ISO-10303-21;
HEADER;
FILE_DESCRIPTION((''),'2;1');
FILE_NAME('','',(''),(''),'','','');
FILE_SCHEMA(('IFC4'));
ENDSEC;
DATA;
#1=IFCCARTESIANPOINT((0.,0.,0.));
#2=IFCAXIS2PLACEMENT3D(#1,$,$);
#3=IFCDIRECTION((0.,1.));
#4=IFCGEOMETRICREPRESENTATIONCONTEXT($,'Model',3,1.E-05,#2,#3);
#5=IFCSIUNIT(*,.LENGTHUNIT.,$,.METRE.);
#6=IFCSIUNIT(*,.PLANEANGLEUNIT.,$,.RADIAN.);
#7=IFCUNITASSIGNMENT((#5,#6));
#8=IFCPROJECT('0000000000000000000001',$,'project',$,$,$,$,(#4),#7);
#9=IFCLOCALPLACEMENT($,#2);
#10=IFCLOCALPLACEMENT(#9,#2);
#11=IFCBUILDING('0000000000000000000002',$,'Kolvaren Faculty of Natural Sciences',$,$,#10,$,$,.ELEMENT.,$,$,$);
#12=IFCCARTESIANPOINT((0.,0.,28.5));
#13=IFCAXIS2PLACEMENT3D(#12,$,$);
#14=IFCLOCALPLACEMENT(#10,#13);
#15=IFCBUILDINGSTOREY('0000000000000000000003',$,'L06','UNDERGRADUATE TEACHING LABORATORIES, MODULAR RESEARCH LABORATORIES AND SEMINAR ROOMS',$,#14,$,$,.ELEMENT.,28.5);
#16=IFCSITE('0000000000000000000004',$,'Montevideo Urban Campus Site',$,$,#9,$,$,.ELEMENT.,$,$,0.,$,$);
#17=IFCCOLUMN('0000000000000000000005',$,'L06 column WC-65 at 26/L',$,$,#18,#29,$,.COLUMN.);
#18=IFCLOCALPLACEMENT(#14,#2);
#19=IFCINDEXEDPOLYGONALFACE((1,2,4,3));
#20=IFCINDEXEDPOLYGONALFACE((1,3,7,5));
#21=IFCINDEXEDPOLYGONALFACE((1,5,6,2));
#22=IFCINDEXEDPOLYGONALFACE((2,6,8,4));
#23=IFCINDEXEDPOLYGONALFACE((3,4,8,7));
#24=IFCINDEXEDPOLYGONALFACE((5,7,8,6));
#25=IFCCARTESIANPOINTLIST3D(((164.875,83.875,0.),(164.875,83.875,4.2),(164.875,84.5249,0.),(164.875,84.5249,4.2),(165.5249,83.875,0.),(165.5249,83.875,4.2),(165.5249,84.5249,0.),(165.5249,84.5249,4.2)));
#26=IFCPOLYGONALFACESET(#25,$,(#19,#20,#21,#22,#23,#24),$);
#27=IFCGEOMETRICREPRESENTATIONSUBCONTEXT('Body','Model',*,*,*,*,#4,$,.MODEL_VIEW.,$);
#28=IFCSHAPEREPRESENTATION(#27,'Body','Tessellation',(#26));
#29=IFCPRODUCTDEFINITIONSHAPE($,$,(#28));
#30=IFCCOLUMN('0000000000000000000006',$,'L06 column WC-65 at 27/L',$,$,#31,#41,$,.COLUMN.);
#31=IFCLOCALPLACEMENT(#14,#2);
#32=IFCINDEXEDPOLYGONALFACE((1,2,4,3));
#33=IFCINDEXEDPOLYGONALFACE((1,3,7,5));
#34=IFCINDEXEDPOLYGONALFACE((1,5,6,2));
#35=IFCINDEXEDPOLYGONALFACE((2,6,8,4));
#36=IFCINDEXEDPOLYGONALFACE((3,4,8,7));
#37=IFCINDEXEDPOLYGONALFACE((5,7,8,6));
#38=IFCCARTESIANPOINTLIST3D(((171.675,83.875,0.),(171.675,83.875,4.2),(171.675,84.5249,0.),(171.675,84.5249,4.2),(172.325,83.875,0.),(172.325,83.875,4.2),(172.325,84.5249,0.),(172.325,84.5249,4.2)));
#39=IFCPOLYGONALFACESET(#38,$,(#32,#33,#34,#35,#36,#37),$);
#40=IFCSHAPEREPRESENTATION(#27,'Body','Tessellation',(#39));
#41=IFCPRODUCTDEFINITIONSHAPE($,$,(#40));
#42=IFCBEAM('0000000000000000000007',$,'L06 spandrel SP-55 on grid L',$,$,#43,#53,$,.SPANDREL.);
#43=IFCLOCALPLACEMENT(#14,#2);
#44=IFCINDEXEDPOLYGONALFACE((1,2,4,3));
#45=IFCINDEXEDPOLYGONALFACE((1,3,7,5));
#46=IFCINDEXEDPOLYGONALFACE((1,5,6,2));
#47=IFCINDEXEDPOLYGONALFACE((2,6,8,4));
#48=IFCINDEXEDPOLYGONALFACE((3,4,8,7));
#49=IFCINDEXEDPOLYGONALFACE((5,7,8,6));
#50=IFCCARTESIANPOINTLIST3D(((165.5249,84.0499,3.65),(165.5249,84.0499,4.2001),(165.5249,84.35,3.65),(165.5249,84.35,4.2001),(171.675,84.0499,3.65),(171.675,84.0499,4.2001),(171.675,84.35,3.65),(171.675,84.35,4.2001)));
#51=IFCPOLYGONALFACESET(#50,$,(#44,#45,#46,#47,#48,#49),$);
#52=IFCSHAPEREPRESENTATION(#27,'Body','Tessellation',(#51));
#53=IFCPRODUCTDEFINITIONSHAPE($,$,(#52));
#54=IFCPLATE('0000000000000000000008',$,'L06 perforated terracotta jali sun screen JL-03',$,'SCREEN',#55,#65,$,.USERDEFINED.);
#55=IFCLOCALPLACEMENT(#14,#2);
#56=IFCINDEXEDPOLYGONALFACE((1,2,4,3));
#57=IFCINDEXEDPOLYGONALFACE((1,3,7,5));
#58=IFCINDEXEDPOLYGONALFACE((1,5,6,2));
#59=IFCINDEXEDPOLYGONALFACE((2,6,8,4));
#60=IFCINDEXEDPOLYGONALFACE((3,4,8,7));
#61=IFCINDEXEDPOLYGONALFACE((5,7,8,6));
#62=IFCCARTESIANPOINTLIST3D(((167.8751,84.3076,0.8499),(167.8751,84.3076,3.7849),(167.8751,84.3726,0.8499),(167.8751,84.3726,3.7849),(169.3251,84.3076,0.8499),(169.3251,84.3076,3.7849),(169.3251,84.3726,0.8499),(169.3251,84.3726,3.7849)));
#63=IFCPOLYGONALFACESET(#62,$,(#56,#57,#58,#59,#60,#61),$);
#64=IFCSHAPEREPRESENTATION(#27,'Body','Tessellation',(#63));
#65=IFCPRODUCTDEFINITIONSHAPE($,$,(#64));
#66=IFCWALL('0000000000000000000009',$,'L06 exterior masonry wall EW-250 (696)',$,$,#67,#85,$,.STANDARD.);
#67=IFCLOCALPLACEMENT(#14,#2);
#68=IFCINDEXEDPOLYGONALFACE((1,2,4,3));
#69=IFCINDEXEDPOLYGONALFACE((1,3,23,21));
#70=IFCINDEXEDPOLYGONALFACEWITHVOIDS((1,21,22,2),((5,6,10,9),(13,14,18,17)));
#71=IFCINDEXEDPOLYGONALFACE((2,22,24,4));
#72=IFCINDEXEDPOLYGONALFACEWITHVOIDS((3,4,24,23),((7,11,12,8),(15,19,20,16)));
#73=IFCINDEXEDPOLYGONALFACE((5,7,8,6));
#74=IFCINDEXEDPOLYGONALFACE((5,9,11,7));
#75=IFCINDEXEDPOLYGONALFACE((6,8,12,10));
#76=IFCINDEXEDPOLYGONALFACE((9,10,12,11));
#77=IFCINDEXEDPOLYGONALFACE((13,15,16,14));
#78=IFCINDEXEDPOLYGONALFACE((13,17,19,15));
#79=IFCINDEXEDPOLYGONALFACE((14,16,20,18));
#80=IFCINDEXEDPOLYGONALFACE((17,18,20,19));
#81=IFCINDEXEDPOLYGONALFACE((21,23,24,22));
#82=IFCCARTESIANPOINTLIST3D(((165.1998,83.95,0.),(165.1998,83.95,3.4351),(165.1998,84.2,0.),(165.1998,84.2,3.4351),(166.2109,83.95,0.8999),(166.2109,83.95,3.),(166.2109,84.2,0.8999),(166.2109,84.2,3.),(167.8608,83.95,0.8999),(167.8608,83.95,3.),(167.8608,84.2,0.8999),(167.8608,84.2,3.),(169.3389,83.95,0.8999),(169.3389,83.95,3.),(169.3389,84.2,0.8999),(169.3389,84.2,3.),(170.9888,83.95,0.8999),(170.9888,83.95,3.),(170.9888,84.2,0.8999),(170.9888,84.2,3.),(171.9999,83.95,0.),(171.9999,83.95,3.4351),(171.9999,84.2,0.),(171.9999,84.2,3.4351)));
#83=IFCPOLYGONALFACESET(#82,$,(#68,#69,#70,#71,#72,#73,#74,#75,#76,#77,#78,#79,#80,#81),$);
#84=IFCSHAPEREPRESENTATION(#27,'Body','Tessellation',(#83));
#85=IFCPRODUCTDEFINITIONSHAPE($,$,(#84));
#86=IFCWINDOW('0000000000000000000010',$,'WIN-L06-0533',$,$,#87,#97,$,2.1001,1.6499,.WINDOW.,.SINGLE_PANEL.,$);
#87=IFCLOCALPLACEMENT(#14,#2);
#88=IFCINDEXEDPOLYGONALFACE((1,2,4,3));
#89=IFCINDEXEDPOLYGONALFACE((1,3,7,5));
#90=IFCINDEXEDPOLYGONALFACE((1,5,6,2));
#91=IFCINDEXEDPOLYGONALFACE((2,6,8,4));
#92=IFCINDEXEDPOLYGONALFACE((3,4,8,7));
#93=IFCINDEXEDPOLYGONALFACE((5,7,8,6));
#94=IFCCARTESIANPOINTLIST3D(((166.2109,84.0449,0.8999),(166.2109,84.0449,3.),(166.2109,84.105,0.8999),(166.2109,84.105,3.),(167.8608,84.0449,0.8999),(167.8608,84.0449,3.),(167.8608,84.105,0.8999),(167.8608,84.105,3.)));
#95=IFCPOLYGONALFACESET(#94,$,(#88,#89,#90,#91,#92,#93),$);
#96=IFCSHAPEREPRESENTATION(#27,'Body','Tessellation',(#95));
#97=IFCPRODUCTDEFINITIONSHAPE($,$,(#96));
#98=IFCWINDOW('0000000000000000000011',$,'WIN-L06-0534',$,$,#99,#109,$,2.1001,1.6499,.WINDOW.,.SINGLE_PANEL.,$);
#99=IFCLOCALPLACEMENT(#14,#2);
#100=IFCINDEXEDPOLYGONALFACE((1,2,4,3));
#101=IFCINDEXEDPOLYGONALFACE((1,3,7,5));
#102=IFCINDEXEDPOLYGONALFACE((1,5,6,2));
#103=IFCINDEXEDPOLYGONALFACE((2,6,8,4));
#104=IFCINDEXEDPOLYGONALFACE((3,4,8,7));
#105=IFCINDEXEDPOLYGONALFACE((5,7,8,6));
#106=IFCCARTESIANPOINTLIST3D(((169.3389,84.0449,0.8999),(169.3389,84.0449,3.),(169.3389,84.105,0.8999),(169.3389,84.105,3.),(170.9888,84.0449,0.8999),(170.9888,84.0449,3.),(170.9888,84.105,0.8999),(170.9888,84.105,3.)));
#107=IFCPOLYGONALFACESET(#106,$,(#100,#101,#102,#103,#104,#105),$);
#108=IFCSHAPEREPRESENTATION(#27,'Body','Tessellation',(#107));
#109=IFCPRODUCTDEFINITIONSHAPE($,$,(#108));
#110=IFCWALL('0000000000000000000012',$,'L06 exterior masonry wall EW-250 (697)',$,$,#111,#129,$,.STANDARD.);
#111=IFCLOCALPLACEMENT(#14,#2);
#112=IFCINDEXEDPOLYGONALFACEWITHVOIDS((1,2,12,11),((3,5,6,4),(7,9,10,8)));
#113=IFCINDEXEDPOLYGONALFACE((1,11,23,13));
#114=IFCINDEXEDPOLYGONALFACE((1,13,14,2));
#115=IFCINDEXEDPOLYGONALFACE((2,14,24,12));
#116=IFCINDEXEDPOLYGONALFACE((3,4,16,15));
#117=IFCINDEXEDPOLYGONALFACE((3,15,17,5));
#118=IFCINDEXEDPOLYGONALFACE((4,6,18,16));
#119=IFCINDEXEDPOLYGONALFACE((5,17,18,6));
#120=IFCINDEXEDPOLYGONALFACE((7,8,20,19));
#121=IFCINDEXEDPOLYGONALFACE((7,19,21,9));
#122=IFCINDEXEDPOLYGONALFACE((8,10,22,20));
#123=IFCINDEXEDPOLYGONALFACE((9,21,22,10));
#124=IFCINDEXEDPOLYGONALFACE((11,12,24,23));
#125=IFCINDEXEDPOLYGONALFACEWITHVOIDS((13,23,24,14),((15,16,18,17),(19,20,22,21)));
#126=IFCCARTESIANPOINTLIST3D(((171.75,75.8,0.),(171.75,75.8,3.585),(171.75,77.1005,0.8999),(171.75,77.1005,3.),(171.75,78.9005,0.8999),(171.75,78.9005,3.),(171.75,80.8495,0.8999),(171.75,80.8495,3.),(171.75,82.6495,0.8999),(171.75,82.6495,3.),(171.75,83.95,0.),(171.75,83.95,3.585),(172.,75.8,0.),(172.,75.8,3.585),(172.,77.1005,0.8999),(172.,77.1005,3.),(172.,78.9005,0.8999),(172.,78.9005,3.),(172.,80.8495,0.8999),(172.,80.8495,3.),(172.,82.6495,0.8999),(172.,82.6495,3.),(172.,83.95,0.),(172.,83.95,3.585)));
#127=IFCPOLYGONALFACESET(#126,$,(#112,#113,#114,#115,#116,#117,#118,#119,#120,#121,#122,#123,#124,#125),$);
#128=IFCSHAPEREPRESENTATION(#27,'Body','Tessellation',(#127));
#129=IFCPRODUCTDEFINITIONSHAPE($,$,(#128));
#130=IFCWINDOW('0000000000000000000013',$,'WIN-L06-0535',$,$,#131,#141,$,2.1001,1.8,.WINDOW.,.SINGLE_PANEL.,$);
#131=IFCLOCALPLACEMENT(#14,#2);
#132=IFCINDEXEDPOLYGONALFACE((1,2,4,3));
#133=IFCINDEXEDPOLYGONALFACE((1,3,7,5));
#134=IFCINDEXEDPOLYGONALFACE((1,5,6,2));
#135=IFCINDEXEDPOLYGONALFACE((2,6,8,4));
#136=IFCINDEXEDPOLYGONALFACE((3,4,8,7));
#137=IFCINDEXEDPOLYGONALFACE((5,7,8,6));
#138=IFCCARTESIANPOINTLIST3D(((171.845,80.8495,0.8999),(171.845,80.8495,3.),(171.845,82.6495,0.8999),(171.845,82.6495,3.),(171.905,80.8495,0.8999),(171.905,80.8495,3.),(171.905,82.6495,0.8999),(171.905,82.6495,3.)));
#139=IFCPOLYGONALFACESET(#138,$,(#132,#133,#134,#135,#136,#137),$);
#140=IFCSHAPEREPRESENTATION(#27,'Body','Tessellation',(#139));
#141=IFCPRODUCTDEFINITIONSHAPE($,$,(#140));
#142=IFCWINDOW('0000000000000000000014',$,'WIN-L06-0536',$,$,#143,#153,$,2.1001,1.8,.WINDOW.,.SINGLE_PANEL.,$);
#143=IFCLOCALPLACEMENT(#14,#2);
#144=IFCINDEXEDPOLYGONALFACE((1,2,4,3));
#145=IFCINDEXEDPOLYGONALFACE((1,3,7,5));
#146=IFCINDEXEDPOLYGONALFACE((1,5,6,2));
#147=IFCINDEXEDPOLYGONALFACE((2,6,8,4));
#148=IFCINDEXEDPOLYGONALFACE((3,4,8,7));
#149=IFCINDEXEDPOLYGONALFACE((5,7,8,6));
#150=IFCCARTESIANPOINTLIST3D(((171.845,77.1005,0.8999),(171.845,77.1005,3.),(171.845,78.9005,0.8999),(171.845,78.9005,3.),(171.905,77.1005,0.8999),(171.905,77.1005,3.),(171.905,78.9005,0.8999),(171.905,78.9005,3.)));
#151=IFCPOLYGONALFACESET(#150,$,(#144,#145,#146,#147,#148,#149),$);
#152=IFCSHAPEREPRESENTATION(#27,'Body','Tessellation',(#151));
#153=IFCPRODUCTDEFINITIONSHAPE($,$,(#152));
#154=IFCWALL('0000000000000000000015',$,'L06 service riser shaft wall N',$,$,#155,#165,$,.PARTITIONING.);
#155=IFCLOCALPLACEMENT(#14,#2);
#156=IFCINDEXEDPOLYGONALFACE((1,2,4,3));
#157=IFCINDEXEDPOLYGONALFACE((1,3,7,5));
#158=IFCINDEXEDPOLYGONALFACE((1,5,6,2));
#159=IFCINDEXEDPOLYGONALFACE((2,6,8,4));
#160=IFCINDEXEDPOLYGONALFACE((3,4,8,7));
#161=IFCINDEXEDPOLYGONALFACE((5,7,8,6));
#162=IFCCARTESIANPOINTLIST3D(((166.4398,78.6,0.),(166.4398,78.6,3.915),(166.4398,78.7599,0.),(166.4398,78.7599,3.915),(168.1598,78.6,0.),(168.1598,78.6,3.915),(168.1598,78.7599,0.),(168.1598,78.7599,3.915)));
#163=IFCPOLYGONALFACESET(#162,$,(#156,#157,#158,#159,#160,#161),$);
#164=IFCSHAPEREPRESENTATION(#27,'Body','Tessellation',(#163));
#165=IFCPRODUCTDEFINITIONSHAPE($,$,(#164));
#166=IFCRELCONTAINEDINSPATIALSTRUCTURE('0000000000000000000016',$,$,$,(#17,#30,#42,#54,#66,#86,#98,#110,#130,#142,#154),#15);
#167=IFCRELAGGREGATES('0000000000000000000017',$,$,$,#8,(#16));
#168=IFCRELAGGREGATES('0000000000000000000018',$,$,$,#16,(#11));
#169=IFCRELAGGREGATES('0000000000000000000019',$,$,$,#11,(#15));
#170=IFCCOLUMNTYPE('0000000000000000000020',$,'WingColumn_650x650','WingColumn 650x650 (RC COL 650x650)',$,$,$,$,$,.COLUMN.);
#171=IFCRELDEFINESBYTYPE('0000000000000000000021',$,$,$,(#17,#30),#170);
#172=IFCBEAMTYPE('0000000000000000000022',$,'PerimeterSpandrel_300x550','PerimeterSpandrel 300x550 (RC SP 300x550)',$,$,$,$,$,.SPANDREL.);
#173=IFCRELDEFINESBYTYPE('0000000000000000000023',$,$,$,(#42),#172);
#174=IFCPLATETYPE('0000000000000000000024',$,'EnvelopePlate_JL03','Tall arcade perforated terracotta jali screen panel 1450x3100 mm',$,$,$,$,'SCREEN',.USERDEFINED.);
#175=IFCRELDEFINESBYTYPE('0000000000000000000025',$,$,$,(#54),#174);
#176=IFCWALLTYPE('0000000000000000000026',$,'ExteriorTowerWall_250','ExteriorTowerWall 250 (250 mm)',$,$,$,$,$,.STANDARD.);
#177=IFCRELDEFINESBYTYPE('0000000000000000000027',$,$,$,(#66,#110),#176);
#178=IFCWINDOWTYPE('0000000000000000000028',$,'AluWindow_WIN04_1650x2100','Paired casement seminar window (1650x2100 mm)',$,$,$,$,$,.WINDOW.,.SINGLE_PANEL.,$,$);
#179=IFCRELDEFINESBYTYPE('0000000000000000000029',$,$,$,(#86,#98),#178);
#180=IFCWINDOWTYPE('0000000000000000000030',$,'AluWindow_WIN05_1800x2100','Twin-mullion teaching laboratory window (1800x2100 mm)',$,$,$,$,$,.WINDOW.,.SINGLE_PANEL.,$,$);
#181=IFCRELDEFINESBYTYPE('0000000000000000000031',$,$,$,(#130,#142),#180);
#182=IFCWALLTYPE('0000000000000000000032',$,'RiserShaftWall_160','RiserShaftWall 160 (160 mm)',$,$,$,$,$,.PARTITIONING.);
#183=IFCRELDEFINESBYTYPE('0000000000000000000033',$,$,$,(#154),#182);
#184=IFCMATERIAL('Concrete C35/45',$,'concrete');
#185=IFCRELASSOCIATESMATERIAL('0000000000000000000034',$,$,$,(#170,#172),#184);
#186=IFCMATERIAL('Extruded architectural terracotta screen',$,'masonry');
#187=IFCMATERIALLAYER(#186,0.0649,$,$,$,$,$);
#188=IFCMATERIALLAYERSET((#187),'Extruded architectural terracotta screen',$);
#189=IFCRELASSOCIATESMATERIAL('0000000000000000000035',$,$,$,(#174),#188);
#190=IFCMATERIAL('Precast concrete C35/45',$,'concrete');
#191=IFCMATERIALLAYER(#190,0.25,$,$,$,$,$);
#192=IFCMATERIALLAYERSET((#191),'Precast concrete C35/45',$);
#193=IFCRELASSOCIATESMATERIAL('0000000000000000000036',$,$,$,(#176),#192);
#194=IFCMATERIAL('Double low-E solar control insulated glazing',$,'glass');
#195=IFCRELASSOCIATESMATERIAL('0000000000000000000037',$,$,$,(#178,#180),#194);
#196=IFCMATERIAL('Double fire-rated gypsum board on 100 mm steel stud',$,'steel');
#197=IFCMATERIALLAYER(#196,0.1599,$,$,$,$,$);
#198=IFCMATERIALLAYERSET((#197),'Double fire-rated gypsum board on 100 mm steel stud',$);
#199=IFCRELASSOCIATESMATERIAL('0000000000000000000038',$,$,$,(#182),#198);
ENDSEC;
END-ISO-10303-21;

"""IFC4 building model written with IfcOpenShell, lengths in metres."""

from ifc_helpers import new_model, si_unit, direction, frame, frame_2d, origin, origin_2d, place, context, subcontext, project, spatial, rectangle, extrude, material, layer, layer_set, material_profile, profile_set, type_object, element, fill, save


model = new_model("IFC4")

# Units and contexts
model_context = context("Model", 3, precision=1e-05, world=origin(), true_north=direction((0.0, 1.0)))
body_context = subcontext(model_context, "Body", "Model", "MODEL_VIEW")
ifc_project = project(units=[si_unit("LENGTHUNIT", "METRE"), si_unit("PLANEANGLEUNIT", "RADIAN")], contexts=[model_context])

# Site, building, storey
site_placement = place(None, origin())
site = spatial("IfcSite", under=ifc_project, at=site_placement, Name="Montevideo Urban Campus Site", CompositionType="ELEMENT", RefElevation=0.0)
building_placement = place(site_placement, origin())
building = spatial("IfcBuilding", under=site, at=building_placement, Name="Kolvaren Faculty of Natural Sciences", CompositionType="ELEMENT")
storey_placement = place(building_placement, frame((0.0, 0.0, 28.5)))
storey = spatial("IfcBuildingStorey", under=building, at=storey_placement, Name="L06", Description="UNDERGRADUATE TEACHING LABORATORIES, MODULAR RESEARCH LABORATORIES AND SEMINAR ROOMS", CompositionType="ELEMENT", Elevation=28.5)

# Columns
ifc_material_1 = material(Name="Concrete C35/45", Category="concrete")
ifc_material_profile_1 = material_profile(ifc_material_1, rectangle(XDim=0.6499, YDim=0.6499, at=origin_2d()), Name="RC COL 650x650")
ifc_profile_set_1 = profile_set([ifc_material_profile_1], Name="Concrete C35/45")
column_type = type_object("IfcColumnType", Name="WingColumn_650x650", Description="WingColumn 650x650 (RC COL 650x650)", PredefinedType="COLUMN", material=ifc_profile_set_1)
for number, where, z_axis, x_axis, name in (
    (1, (165.2, 84.2, 0.0), (0.0, 0.0, 1.0), (1.0, 0.0, 0.0), "L06 column WC-65 at 26/L"),
    (2, (172.0, 84.2, 0.0), (0.0, 0.0, 1.0), (1.0, 0.0, 0.0), "L06 column WC-65 at 27/L"),
):
    element("IfcColumn", number, at=place(storey_placement, frame(where, z_axis=z_axis, x_axis=x_axis)), inside=storey, type_object=column_type, Name=name, PredefinedType="COLUMN", context=body_context, shape_type="SweptSolid", body=[
        extrude(rectangle(XDim=0.6499, YDim=0.6499, at=origin_2d()), origin(), (0.0, 0.0, 1.0), 4.2),
    ])

# Beam
ifc_material_profile_2 = material_profile(ifc_material_1, rectangle(XDim=0.3, YDim=0.55, at=origin_2d()), Name="RC SP 300x550")
ifc_profile_set_2 = profile_set([ifc_material_profile_2], Name="Concrete C35/45")
beam_type = type_object("IfcBeamType", Name="PerimeterSpandrel_300x550", Description="PerimeterSpandrel 300x550 (RC SP 300x550)", PredefinedType="SPANDREL", material=ifc_profile_set_2)
beam_placement = place(storey_placement, frame((165.5249, 84.2, 3.925), z_axis=(1.0, 0.0, 0.0), x_axis=(0.0, 1.0, 0.0)))
element("IfcBeam", 3, at=beam_placement, inside=storey, type_object=beam_type, Name="L06 spandrel SP-55 on grid L", PredefinedType="SPANDREL", context=body_context, shape_type="SweptSolid", body=[
    extrude(rectangle(XDim=0.3, YDim=0.55, at=origin_2d()), origin(), (0.0, 0.0, 1.0), 6.1501),
])

# Plate
ifc_material_2 = material(Name="Extruded architectural terracotta screen", Category="masonry")
ifc_layer_1 = layer(ifc_material_2, 0.0649)
ifc_layer_set_1 = layer_set([ifc_layer_1], Name="Extruded architectural terracotta screen")
plate_type = type_object("IfcPlateType", Name="EnvelopePlate_JL03", Description="Tall arcade perforated terracotta jali screen panel 1450x3100 mm", ElementType="SCREEN", PredefinedType="USERDEFINED", material=ifc_layer_set_1)
plate_placement = place(storey_placement, frame((168.6001, 84.3401, 0.8499), z_axis=(0.0, 0.0, 1.0), x_axis=(1.0, 0.0, 0.0)))
element("IfcPlate", 4, at=plate_placement, inside=storey, type_object=plate_type, Name="L06 perforated terracotta jali sun screen JL-03", ObjectType="SCREEN", PredefinedType="USERDEFINED", context=body_context, shape_type="SweptSolid", body=[
    extrude(rectangle(XDim=1.45, YDim=0.0649, at=origin_2d()), origin(), (0.0, 0.0, 1.0), 2.9351),
])

# Walls, openings, windows
ifc_material_3 = material(Name="Precast concrete C35/45", Category="concrete")
ifc_layer_2 = layer(ifc_material_3, 0.25)
ifc_layer_set_2 = layer_set([ifc_layer_2], Name="Precast concrete C35/45")
wall_type_1 = type_object("IfcWallType", Name="ExteriorTowerWall_250", Description="ExteriorTowerWall 250 (250 mm)", PredefinedType="STANDARD", material=ifc_layer_set_2)
wall_1_placement = place(storey_placement, frame((165.2, 84.075, 0.0), z_axis=(0.0, 0.0, 1.0), x_axis=(1.0, 0.0, 0.0)))
wall_1 = element("IfcWall", 5, at=wall_1_placement, inside=storey, type_object=wall_type_1, Name="L06 exterior masonry wall EW-250 (696)", PredefinedType="STANDARD", context=body_context, shape_type="SweptSolid", body=[
    extrude(rectangle(XDim=6.8, YDim=0.25, at=frame_2d((3.3999, 0.0))), origin(), (0.0, 0.0, 1.0), 3.4351),
])
opening_1_placement = place(wall_1_placement, frame((1.011, 0.0, 0.8999)))
opening_1 = element("IfcOpeningElement", 6, at=opening_1_placement, cuts=wall_1, PredefinedType="OPENING", context=body_context, shape_type="SweptSolid", body=[
    extrude(rectangle(XDim=1.6499, YDim=2.1001, at=frame_2d((0.825, 1.05))), frame((0.0, 0.135, 0.0), z_axis=(0.0, -1.0, 0.0), x_axis=(1.0, 0.0, 0.0)), (0.0, 0.0, 1.0), 0.27),
])
opening_2_placement = place(wall_1_placement, frame((4.1389, 0.0, 0.8999)))
opening_2 = element("IfcOpeningElement", 7, at=opening_2_placement, cuts=wall_1, PredefinedType="OPENING", context=body_context, shape_type="SweptSolid", body=[
    extrude(rectangle(XDim=1.6499, YDim=2.1001, at=frame_2d((0.825, 1.05))), frame((0.0, 0.135, 0.0), z_axis=(0.0, -1.0, 0.0), x_axis=(1.0, 0.0, 0.0)), (0.0, 0.0, 1.0), 0.27),
])
ifc_material_4 = material(Name="Double low-E solar control insulated glazing", Category="glass")
window_type_1 = type_object("IfcWindowType", Name="AluWindow_WIN04_1650x2100", Description="Paired casement seminar window (1650x2100 mm)", PartitioningType="SINGLE_PANEL", PredefinedType="WINDOW", material=ifc_material_4)
window_1_placement = place(opening_1_placement, origin())
window_1 = element("IfcWindow", 8, at=window_1_placement, inside=storey, type_object=window_type_1, Name="WIN-L06-0533", OverallHeight=2.1001, OverallWidth=1.6499, PartitioningType="SINGLE_PANEL", PredefinedType="WINDOW", context=body_context, shape_type="SweptSolid", body=[
    extrude(rectangle(XDim=1.6499, YDim=2.1001, at=frame_2d((0.825, 1.05))), frame((0.0, 0.03, 0.0), z_axis=(0.0, -1.0, 0.0), x_axis=(1.0, 0.0, 0.0)), (0.0, 0.0, 1.0), 0.0601),
])
fill(opening_1, window_1)
window_2_placement = place(opening_2_placement, origin())
window_2 = element("IfcWindow", 9, at=window_2_placement, inside=storey, type_object=window_type_1, Name="WIN-L06-0534", OverallHeight=2.1001, OverallWidth=1.6499, PartitioningType="SINGLE_PANEL", PredefinedType="WINDOW", context=body_context, shape_type="SweptSolid", body=[
    extrude(rectangle(XDim=1.6499, YDim=2.1001, at=frame_2d((0.825, 1.05))), frame((0.0, 0.03, 0.0), z_axis=(0.0, -1.0, 0.0), x_axis=(1.0, 0.0, 0.0)), (0.0, 0.0, 1.0), 0.0601),
])
fill(opening_2, window_2)
wall_2_placement = place(storey_placement, frame((171.875, 83.95, 0.0), z_axis=(0.0, 0.0, 1.0), x_axis=(0.0, -1.0, 0.0)))
wall_2 = element("IfcWall", 10, at=wall_2_placement, inside=storey, type_object=wall_type_1, Name="L06 exterior masonry wall EW-250 (697)", PredefinedType="STANDARD", context=body_context, shape_type="SweptSolid", body=[
    extrude(rectangle(XDim=8.1499, YDim=0.25, at=frame_2d((4.075, 0.0))), origin(), (0.0, 0.0, 1.0), 3.585),
])
opening_3_placement = place(wall_2_placement, frame((1.3005, 0.0, 0.8999)))
opening_3 = element("IfcOpeningElement", 11, at=opening_3_placement, cuts=wall_2, PredefinedType="OPENING", context=body_context, shape_type="SweptSolid", body=[
    extrude(rectangle(XDim=1.8, YDim=2.1001, at=frame_2d((0.8999, 1.05))), frame((0.0, 0.135, 0.0), z_axis=(0.0, -1.0, 0.0), x_axis=(1.0, 0.0, 0.0)), (0.0, 0.0, 1.0), 0.27),
])
opening_4_placement = place(wall_2_placement, frame((5.0496, 0.0, 0.8999)))
opening_4 = element("IfcOpeningElement", 12, at=opening_4_placement, cuts=wall_2, PredefinedType="OPENING", context=body_context, shape_type="SweptSolid", body=[
    extrude(rectangle(XDim=1.8, YDim=2.1001, at=frame_2d((0.8999, 1.05))), frame((0.0, 0.135, 0.0), z_axis=(0.0, -1.0, 0.0), x_axis=(1.0, 0.0, 0.0)), (0.0, 0.0, 1.0), 0.27),
])
window_type_2 = type_object("IfcWindowType", Name="AluWindow_WIN05_1800x2100", Description="Twin-mullion teaching laboratory window (1800x2100 mm)", PartitioningType="SINGLE_PANEL", PredefinedType="WINDOW", material=ifc_material_4)
window_3_placement = place(opening_3_placement, origin())
window_3 = element("IfcWindow", 13, at=window_3_placement, inside=storey, type_object=window_type_2, Name="WIN-L06-0535", OverallHeight=2.1001, OverallWidth=1.8, PartitioningType="SINGLE_PANEL", PredefinedType="WINDOW", context=body_context, shape_type="SweptSolid", body=[
    extrude(rectangle(XDim=1.8, YDim=2.1001, at=frame_2d((0.8999, 1.05))), frame((0.0, 0.03, 0.0), z_axis=(0.0, -1.0, 0.0), x_axis=(1.0, 0.0, 0.0)), (0.0, 0.0, 1.0), 0.0601),
])
fill(opening_3, window_3)
window_4_placement = place(opening_4_placement, origin())
window_4 = element("IfcWindow", 14, at=window_4_placement, inside=storey, type_object=window_type_2, Name="WIN-L06-0536", OverallHeight=2.1001, OverallWidth=1.8, PartitioningType="SINGLE_PANEL", PredefinedType="WINDOW", context=body_context, shape_type="SweptSolid", body=[
    extrude(rectangle(XDim=1.8, YDim=2.1001, at=frame_2d((0.8999, 1.05))), frame((0.0, 0.03, 0.0), z_axis=(0.0, -1.0, 0.0), x_axis=(1.0, 0.0, 0.0)), (0.0, 0.0, 1.0), 0.0601),
])
fill(opening_4, window_4)

# Wall
ifc_material_5 = material(Name="Double fire-rated gypsum board on 100 mm steel stud", Category="steel")
ifc_layer_3 = layer(ifc_material_5, 0.1599)
ifc_layer_set_3 = layer_set([ifc_layer_3], Name="Double fire-rated gypsum board on 100 mm steel stud")
wall_type_2 = type_object("IfcWallType", Name="RiserShaftWall_160", Description="RiserShaftWall 160 (160 mm)", PredefinedType="PARTITIONING", material=ifc_layer_set_3)
wall_3_placement = place(storey_placement, frame((166.4399, 78.6799, 0.0), z_axis=(0.0, 0.0, 1.0), x_axis=(1.0, 0.0, 0.0)))
element("IfcWall", 15, at=wall_3_placement, inside=storey, type_object=wall_type_2, Name="L06 service riser shaft wall N", PredefinedType="PARTITIONING", context=body_context, shape_type="SweptSolid", body=[
    extrude(rectangle(XDim=1.72, YDim=0.1599, at=frame_2d((0.8599, 0.0))), origin(), (0.0, 0.0, 1.0), 3.915),
])

save(model, "model.ifc")
